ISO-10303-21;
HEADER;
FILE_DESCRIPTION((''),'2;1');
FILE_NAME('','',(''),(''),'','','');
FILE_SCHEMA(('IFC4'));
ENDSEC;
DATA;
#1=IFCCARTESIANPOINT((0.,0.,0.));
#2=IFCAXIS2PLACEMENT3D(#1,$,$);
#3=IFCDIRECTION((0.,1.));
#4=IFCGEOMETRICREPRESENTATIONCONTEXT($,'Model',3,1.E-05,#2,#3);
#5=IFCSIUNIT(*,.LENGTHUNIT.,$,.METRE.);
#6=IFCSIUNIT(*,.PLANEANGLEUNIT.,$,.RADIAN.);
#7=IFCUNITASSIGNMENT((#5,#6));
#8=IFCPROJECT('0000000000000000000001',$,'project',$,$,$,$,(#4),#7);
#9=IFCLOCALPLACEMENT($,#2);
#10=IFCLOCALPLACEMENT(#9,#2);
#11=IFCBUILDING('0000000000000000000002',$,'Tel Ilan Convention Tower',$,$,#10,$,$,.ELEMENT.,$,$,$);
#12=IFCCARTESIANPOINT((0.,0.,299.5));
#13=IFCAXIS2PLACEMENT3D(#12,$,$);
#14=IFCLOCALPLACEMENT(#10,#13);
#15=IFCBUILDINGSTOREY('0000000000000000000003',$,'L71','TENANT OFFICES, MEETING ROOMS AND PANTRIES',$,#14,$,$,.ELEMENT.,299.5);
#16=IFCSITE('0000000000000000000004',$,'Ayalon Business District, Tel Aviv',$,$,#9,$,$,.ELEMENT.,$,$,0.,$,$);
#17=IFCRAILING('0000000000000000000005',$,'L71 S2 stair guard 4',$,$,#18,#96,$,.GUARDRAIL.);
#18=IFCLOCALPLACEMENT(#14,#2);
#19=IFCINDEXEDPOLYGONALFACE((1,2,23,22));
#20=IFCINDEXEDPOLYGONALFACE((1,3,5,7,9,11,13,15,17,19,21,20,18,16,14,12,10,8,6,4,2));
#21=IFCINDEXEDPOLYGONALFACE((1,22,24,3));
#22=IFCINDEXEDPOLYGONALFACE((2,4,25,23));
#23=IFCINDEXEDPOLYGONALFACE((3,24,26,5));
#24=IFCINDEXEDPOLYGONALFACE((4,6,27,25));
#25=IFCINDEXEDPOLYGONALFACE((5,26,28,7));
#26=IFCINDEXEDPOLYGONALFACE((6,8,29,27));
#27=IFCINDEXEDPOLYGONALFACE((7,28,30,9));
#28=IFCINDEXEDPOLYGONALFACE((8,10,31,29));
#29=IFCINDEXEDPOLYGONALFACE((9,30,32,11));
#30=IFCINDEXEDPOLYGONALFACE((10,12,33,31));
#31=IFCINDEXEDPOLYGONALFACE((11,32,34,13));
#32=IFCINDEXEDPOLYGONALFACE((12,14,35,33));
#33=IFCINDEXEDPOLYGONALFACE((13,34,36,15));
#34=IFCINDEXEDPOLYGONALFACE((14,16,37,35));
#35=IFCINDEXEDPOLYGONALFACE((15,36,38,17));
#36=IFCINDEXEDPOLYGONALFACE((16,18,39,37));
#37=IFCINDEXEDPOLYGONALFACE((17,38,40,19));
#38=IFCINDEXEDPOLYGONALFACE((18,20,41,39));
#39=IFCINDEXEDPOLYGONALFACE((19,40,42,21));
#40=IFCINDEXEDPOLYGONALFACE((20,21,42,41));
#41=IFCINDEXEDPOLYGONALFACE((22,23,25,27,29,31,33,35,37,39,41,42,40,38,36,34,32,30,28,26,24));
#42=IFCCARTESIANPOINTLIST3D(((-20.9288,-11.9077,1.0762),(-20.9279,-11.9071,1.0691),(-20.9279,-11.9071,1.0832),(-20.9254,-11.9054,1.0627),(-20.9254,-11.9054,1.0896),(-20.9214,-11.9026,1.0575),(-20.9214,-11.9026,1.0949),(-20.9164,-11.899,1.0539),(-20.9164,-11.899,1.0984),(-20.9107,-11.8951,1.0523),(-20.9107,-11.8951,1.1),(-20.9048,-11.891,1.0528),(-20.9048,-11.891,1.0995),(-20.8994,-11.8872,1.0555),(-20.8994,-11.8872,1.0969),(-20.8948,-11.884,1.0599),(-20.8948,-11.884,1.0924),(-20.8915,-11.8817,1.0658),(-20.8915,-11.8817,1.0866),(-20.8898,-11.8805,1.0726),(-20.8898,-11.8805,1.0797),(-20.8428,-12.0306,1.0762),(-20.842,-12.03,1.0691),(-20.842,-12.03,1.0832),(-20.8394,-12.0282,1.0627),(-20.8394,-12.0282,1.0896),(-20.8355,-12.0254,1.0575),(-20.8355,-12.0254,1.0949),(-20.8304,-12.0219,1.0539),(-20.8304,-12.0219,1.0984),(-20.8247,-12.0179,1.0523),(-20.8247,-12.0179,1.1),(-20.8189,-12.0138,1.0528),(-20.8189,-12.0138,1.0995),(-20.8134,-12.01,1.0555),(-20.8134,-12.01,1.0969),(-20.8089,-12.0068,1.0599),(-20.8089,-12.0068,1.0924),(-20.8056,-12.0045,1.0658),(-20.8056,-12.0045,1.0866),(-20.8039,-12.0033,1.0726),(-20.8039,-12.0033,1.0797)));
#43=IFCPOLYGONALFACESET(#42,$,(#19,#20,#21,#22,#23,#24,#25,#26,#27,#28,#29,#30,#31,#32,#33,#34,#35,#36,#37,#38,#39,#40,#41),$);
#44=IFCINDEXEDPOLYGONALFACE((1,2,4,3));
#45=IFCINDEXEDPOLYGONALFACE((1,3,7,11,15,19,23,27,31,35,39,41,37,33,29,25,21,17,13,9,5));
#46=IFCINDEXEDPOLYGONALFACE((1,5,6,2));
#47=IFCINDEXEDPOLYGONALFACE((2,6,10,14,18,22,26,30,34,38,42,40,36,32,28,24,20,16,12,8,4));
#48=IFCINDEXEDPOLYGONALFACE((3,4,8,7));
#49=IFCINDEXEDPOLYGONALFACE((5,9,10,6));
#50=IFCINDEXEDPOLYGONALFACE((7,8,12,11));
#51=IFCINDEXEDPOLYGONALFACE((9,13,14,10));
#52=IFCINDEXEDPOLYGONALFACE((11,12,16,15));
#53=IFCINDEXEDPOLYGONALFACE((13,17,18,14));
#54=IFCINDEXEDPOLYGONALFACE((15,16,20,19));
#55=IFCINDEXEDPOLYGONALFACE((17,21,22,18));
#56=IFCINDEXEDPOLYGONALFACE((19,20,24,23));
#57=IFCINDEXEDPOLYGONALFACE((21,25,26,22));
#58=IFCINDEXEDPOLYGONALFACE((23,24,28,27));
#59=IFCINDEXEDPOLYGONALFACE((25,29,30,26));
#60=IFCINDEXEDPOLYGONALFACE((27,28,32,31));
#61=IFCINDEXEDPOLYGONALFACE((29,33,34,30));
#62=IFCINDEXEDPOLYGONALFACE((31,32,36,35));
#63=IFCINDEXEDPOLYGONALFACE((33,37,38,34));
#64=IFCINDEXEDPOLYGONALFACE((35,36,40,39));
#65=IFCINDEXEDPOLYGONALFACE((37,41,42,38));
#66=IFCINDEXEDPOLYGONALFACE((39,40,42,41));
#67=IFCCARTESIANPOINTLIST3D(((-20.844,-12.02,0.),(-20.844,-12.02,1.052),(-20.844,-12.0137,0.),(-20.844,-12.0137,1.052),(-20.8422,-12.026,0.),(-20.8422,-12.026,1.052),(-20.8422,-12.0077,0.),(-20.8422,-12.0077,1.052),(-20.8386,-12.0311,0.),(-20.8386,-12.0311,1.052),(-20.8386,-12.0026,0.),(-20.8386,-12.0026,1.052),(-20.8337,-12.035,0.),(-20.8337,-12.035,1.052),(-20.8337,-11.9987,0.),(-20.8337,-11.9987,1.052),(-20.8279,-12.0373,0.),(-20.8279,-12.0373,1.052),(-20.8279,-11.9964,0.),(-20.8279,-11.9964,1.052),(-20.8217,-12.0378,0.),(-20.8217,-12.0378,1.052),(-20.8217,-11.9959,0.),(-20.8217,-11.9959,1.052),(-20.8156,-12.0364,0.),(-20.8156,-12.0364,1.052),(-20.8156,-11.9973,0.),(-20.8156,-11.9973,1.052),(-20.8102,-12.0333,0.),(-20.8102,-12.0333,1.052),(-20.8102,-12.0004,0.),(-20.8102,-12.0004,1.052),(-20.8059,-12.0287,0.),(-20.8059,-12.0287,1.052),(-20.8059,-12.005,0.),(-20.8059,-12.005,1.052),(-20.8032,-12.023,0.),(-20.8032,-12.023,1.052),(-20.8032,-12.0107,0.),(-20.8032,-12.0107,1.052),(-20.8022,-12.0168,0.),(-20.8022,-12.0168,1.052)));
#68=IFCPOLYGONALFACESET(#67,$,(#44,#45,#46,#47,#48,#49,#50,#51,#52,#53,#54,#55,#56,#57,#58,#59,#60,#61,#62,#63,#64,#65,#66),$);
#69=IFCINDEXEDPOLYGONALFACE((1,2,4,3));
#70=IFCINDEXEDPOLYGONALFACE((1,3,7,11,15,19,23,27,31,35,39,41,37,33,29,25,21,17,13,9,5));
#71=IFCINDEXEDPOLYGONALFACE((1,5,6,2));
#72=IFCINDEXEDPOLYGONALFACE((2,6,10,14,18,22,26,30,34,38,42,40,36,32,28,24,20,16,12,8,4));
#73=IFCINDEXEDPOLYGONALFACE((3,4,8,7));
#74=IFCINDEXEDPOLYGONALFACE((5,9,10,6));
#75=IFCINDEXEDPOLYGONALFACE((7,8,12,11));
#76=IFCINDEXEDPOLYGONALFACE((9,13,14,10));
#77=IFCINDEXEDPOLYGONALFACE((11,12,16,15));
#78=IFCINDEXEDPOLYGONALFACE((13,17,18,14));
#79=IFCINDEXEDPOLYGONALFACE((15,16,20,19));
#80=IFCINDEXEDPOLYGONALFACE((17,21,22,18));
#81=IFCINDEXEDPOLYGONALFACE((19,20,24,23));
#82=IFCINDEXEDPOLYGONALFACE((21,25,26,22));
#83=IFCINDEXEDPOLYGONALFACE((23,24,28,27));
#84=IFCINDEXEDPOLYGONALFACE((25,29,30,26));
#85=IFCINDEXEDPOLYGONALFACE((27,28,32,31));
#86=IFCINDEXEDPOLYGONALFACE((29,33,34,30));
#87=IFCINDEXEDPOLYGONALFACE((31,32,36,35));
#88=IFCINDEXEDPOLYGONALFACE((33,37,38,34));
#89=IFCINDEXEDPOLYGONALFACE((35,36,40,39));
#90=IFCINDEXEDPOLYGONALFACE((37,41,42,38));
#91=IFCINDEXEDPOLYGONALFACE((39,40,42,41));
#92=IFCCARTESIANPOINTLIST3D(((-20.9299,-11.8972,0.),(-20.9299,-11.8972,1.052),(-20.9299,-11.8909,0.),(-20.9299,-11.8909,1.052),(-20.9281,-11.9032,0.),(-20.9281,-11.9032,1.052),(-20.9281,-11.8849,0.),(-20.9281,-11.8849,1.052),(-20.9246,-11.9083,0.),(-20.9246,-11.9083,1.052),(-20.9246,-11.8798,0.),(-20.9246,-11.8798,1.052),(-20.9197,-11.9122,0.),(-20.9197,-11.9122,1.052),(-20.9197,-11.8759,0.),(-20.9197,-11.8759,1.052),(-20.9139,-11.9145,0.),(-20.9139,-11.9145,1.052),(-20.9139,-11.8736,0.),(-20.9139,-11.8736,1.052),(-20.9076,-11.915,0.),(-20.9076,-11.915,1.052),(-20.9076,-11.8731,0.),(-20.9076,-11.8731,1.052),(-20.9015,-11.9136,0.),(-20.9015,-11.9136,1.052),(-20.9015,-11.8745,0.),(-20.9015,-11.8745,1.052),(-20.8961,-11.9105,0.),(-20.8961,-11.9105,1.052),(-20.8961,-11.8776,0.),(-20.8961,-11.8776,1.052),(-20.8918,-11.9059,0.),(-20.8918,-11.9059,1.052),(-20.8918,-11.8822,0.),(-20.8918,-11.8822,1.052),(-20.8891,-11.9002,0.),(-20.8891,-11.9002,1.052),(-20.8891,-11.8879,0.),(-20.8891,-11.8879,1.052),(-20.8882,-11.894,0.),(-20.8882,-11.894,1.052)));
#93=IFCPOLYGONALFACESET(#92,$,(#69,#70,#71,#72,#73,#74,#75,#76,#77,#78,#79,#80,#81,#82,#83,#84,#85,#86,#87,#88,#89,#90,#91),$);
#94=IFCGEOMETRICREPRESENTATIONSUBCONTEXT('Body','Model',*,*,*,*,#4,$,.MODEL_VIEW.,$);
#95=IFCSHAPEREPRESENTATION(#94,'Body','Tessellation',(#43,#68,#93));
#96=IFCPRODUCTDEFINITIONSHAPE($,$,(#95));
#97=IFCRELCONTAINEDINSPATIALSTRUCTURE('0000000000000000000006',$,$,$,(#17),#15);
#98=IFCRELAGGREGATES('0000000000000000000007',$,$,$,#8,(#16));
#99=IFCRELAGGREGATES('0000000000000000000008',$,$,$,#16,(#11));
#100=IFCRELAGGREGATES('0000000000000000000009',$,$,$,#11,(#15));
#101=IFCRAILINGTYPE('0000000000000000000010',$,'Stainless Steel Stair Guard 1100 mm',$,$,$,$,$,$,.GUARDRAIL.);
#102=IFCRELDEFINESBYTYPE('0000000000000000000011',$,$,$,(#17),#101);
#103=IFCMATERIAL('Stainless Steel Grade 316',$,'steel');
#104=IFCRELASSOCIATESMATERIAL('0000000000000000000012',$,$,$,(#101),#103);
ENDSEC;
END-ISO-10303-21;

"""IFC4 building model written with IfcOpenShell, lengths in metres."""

from ifc_helpers import new_model, si_unit, direction, frame, origin, origin_2d, place, context, subcontext, project, spatial, circle, extrude, material, type_object, element, save


model = new_model("IFC4")

# Units and contexts
model_context = context("Model", 3, precision=1e-05, world=origin(), true_north=direction((0.0, 1.0)))
body_context = subcontext(model_context, "Body", "Model", "MODEL_VIEW")
ifc_project = project(units=[si_unit("LENGTHUNIT", "METRE"), si_unit("PLANEANGLEUNIT", "RADIAN")], contexts=[model_context])

# Site, building, storey
site_placement = place(None, origin())
site = spatial("IfcSite", under=ifc_project, at=site_placement, Name="Ayalon Business District, Tel Aviv", CompositionType="ELEMENT", RefElevation=0.0)
building_placement = place(site_placement, origin())
building = spatial("IfcBuilding", under=site, at=building_placement, Name="Tel Ilan Convention Tower", CompositionType="ELEMENT")
storey_placement = place(building_placement, frame((0.0, 0.0, 299.5)))
storey = spatial("IfcBuildingStorey", under=building, at=storey_placement, Name="L71", Description="TENANT OFFICES, MEETING ROOMS AND PANTRIES", CompositionType="ELEMENT", Elevation=299.5)

# Railing
ifc_material_1 = material(Name="Stainless Steel Grade 316", Category="steel")
railing_type_1 = type_object("IfcRailingType", Name="Stainless Steel Stair Guard 1100 mm", PredefinedType="GUARDRAIL", material=ifc_material_1)
railing_1_placement = place(storey_placement, frame((-20.8232, -12.0168, 0.0)))
element("IfcRailing", 1, at=railing_1_placement, inside=storey, type_object=railing_type_1, Name="L71 S2 stair guard 4", PredefinedType="GUARDRAIL", context=body_context, shape_type="SweptSolid", body=[
    extrude(circle(Radius=0.0239, at=origin_2d()), frame((0.0, 0.0, 1.0762), z_axis=(-0.573353, 0.819308, 0.0), x_axis=(-0.819308, -0.573353, 0.0)), (0.0, 0.0, 1.0), 0.1499),
    extrude(circle(Radius=0.021, at=origin_2d()), origin(), (0.0, 0.0, 1.0), 1.052),
    extrude(circle(Radius=0.021, at=origin_2d()), frame((-0.0859, 0.1228, 0.0)), (0.0, 0.0, 1.0), 1.052),
])

save(model, "model.ifc")
